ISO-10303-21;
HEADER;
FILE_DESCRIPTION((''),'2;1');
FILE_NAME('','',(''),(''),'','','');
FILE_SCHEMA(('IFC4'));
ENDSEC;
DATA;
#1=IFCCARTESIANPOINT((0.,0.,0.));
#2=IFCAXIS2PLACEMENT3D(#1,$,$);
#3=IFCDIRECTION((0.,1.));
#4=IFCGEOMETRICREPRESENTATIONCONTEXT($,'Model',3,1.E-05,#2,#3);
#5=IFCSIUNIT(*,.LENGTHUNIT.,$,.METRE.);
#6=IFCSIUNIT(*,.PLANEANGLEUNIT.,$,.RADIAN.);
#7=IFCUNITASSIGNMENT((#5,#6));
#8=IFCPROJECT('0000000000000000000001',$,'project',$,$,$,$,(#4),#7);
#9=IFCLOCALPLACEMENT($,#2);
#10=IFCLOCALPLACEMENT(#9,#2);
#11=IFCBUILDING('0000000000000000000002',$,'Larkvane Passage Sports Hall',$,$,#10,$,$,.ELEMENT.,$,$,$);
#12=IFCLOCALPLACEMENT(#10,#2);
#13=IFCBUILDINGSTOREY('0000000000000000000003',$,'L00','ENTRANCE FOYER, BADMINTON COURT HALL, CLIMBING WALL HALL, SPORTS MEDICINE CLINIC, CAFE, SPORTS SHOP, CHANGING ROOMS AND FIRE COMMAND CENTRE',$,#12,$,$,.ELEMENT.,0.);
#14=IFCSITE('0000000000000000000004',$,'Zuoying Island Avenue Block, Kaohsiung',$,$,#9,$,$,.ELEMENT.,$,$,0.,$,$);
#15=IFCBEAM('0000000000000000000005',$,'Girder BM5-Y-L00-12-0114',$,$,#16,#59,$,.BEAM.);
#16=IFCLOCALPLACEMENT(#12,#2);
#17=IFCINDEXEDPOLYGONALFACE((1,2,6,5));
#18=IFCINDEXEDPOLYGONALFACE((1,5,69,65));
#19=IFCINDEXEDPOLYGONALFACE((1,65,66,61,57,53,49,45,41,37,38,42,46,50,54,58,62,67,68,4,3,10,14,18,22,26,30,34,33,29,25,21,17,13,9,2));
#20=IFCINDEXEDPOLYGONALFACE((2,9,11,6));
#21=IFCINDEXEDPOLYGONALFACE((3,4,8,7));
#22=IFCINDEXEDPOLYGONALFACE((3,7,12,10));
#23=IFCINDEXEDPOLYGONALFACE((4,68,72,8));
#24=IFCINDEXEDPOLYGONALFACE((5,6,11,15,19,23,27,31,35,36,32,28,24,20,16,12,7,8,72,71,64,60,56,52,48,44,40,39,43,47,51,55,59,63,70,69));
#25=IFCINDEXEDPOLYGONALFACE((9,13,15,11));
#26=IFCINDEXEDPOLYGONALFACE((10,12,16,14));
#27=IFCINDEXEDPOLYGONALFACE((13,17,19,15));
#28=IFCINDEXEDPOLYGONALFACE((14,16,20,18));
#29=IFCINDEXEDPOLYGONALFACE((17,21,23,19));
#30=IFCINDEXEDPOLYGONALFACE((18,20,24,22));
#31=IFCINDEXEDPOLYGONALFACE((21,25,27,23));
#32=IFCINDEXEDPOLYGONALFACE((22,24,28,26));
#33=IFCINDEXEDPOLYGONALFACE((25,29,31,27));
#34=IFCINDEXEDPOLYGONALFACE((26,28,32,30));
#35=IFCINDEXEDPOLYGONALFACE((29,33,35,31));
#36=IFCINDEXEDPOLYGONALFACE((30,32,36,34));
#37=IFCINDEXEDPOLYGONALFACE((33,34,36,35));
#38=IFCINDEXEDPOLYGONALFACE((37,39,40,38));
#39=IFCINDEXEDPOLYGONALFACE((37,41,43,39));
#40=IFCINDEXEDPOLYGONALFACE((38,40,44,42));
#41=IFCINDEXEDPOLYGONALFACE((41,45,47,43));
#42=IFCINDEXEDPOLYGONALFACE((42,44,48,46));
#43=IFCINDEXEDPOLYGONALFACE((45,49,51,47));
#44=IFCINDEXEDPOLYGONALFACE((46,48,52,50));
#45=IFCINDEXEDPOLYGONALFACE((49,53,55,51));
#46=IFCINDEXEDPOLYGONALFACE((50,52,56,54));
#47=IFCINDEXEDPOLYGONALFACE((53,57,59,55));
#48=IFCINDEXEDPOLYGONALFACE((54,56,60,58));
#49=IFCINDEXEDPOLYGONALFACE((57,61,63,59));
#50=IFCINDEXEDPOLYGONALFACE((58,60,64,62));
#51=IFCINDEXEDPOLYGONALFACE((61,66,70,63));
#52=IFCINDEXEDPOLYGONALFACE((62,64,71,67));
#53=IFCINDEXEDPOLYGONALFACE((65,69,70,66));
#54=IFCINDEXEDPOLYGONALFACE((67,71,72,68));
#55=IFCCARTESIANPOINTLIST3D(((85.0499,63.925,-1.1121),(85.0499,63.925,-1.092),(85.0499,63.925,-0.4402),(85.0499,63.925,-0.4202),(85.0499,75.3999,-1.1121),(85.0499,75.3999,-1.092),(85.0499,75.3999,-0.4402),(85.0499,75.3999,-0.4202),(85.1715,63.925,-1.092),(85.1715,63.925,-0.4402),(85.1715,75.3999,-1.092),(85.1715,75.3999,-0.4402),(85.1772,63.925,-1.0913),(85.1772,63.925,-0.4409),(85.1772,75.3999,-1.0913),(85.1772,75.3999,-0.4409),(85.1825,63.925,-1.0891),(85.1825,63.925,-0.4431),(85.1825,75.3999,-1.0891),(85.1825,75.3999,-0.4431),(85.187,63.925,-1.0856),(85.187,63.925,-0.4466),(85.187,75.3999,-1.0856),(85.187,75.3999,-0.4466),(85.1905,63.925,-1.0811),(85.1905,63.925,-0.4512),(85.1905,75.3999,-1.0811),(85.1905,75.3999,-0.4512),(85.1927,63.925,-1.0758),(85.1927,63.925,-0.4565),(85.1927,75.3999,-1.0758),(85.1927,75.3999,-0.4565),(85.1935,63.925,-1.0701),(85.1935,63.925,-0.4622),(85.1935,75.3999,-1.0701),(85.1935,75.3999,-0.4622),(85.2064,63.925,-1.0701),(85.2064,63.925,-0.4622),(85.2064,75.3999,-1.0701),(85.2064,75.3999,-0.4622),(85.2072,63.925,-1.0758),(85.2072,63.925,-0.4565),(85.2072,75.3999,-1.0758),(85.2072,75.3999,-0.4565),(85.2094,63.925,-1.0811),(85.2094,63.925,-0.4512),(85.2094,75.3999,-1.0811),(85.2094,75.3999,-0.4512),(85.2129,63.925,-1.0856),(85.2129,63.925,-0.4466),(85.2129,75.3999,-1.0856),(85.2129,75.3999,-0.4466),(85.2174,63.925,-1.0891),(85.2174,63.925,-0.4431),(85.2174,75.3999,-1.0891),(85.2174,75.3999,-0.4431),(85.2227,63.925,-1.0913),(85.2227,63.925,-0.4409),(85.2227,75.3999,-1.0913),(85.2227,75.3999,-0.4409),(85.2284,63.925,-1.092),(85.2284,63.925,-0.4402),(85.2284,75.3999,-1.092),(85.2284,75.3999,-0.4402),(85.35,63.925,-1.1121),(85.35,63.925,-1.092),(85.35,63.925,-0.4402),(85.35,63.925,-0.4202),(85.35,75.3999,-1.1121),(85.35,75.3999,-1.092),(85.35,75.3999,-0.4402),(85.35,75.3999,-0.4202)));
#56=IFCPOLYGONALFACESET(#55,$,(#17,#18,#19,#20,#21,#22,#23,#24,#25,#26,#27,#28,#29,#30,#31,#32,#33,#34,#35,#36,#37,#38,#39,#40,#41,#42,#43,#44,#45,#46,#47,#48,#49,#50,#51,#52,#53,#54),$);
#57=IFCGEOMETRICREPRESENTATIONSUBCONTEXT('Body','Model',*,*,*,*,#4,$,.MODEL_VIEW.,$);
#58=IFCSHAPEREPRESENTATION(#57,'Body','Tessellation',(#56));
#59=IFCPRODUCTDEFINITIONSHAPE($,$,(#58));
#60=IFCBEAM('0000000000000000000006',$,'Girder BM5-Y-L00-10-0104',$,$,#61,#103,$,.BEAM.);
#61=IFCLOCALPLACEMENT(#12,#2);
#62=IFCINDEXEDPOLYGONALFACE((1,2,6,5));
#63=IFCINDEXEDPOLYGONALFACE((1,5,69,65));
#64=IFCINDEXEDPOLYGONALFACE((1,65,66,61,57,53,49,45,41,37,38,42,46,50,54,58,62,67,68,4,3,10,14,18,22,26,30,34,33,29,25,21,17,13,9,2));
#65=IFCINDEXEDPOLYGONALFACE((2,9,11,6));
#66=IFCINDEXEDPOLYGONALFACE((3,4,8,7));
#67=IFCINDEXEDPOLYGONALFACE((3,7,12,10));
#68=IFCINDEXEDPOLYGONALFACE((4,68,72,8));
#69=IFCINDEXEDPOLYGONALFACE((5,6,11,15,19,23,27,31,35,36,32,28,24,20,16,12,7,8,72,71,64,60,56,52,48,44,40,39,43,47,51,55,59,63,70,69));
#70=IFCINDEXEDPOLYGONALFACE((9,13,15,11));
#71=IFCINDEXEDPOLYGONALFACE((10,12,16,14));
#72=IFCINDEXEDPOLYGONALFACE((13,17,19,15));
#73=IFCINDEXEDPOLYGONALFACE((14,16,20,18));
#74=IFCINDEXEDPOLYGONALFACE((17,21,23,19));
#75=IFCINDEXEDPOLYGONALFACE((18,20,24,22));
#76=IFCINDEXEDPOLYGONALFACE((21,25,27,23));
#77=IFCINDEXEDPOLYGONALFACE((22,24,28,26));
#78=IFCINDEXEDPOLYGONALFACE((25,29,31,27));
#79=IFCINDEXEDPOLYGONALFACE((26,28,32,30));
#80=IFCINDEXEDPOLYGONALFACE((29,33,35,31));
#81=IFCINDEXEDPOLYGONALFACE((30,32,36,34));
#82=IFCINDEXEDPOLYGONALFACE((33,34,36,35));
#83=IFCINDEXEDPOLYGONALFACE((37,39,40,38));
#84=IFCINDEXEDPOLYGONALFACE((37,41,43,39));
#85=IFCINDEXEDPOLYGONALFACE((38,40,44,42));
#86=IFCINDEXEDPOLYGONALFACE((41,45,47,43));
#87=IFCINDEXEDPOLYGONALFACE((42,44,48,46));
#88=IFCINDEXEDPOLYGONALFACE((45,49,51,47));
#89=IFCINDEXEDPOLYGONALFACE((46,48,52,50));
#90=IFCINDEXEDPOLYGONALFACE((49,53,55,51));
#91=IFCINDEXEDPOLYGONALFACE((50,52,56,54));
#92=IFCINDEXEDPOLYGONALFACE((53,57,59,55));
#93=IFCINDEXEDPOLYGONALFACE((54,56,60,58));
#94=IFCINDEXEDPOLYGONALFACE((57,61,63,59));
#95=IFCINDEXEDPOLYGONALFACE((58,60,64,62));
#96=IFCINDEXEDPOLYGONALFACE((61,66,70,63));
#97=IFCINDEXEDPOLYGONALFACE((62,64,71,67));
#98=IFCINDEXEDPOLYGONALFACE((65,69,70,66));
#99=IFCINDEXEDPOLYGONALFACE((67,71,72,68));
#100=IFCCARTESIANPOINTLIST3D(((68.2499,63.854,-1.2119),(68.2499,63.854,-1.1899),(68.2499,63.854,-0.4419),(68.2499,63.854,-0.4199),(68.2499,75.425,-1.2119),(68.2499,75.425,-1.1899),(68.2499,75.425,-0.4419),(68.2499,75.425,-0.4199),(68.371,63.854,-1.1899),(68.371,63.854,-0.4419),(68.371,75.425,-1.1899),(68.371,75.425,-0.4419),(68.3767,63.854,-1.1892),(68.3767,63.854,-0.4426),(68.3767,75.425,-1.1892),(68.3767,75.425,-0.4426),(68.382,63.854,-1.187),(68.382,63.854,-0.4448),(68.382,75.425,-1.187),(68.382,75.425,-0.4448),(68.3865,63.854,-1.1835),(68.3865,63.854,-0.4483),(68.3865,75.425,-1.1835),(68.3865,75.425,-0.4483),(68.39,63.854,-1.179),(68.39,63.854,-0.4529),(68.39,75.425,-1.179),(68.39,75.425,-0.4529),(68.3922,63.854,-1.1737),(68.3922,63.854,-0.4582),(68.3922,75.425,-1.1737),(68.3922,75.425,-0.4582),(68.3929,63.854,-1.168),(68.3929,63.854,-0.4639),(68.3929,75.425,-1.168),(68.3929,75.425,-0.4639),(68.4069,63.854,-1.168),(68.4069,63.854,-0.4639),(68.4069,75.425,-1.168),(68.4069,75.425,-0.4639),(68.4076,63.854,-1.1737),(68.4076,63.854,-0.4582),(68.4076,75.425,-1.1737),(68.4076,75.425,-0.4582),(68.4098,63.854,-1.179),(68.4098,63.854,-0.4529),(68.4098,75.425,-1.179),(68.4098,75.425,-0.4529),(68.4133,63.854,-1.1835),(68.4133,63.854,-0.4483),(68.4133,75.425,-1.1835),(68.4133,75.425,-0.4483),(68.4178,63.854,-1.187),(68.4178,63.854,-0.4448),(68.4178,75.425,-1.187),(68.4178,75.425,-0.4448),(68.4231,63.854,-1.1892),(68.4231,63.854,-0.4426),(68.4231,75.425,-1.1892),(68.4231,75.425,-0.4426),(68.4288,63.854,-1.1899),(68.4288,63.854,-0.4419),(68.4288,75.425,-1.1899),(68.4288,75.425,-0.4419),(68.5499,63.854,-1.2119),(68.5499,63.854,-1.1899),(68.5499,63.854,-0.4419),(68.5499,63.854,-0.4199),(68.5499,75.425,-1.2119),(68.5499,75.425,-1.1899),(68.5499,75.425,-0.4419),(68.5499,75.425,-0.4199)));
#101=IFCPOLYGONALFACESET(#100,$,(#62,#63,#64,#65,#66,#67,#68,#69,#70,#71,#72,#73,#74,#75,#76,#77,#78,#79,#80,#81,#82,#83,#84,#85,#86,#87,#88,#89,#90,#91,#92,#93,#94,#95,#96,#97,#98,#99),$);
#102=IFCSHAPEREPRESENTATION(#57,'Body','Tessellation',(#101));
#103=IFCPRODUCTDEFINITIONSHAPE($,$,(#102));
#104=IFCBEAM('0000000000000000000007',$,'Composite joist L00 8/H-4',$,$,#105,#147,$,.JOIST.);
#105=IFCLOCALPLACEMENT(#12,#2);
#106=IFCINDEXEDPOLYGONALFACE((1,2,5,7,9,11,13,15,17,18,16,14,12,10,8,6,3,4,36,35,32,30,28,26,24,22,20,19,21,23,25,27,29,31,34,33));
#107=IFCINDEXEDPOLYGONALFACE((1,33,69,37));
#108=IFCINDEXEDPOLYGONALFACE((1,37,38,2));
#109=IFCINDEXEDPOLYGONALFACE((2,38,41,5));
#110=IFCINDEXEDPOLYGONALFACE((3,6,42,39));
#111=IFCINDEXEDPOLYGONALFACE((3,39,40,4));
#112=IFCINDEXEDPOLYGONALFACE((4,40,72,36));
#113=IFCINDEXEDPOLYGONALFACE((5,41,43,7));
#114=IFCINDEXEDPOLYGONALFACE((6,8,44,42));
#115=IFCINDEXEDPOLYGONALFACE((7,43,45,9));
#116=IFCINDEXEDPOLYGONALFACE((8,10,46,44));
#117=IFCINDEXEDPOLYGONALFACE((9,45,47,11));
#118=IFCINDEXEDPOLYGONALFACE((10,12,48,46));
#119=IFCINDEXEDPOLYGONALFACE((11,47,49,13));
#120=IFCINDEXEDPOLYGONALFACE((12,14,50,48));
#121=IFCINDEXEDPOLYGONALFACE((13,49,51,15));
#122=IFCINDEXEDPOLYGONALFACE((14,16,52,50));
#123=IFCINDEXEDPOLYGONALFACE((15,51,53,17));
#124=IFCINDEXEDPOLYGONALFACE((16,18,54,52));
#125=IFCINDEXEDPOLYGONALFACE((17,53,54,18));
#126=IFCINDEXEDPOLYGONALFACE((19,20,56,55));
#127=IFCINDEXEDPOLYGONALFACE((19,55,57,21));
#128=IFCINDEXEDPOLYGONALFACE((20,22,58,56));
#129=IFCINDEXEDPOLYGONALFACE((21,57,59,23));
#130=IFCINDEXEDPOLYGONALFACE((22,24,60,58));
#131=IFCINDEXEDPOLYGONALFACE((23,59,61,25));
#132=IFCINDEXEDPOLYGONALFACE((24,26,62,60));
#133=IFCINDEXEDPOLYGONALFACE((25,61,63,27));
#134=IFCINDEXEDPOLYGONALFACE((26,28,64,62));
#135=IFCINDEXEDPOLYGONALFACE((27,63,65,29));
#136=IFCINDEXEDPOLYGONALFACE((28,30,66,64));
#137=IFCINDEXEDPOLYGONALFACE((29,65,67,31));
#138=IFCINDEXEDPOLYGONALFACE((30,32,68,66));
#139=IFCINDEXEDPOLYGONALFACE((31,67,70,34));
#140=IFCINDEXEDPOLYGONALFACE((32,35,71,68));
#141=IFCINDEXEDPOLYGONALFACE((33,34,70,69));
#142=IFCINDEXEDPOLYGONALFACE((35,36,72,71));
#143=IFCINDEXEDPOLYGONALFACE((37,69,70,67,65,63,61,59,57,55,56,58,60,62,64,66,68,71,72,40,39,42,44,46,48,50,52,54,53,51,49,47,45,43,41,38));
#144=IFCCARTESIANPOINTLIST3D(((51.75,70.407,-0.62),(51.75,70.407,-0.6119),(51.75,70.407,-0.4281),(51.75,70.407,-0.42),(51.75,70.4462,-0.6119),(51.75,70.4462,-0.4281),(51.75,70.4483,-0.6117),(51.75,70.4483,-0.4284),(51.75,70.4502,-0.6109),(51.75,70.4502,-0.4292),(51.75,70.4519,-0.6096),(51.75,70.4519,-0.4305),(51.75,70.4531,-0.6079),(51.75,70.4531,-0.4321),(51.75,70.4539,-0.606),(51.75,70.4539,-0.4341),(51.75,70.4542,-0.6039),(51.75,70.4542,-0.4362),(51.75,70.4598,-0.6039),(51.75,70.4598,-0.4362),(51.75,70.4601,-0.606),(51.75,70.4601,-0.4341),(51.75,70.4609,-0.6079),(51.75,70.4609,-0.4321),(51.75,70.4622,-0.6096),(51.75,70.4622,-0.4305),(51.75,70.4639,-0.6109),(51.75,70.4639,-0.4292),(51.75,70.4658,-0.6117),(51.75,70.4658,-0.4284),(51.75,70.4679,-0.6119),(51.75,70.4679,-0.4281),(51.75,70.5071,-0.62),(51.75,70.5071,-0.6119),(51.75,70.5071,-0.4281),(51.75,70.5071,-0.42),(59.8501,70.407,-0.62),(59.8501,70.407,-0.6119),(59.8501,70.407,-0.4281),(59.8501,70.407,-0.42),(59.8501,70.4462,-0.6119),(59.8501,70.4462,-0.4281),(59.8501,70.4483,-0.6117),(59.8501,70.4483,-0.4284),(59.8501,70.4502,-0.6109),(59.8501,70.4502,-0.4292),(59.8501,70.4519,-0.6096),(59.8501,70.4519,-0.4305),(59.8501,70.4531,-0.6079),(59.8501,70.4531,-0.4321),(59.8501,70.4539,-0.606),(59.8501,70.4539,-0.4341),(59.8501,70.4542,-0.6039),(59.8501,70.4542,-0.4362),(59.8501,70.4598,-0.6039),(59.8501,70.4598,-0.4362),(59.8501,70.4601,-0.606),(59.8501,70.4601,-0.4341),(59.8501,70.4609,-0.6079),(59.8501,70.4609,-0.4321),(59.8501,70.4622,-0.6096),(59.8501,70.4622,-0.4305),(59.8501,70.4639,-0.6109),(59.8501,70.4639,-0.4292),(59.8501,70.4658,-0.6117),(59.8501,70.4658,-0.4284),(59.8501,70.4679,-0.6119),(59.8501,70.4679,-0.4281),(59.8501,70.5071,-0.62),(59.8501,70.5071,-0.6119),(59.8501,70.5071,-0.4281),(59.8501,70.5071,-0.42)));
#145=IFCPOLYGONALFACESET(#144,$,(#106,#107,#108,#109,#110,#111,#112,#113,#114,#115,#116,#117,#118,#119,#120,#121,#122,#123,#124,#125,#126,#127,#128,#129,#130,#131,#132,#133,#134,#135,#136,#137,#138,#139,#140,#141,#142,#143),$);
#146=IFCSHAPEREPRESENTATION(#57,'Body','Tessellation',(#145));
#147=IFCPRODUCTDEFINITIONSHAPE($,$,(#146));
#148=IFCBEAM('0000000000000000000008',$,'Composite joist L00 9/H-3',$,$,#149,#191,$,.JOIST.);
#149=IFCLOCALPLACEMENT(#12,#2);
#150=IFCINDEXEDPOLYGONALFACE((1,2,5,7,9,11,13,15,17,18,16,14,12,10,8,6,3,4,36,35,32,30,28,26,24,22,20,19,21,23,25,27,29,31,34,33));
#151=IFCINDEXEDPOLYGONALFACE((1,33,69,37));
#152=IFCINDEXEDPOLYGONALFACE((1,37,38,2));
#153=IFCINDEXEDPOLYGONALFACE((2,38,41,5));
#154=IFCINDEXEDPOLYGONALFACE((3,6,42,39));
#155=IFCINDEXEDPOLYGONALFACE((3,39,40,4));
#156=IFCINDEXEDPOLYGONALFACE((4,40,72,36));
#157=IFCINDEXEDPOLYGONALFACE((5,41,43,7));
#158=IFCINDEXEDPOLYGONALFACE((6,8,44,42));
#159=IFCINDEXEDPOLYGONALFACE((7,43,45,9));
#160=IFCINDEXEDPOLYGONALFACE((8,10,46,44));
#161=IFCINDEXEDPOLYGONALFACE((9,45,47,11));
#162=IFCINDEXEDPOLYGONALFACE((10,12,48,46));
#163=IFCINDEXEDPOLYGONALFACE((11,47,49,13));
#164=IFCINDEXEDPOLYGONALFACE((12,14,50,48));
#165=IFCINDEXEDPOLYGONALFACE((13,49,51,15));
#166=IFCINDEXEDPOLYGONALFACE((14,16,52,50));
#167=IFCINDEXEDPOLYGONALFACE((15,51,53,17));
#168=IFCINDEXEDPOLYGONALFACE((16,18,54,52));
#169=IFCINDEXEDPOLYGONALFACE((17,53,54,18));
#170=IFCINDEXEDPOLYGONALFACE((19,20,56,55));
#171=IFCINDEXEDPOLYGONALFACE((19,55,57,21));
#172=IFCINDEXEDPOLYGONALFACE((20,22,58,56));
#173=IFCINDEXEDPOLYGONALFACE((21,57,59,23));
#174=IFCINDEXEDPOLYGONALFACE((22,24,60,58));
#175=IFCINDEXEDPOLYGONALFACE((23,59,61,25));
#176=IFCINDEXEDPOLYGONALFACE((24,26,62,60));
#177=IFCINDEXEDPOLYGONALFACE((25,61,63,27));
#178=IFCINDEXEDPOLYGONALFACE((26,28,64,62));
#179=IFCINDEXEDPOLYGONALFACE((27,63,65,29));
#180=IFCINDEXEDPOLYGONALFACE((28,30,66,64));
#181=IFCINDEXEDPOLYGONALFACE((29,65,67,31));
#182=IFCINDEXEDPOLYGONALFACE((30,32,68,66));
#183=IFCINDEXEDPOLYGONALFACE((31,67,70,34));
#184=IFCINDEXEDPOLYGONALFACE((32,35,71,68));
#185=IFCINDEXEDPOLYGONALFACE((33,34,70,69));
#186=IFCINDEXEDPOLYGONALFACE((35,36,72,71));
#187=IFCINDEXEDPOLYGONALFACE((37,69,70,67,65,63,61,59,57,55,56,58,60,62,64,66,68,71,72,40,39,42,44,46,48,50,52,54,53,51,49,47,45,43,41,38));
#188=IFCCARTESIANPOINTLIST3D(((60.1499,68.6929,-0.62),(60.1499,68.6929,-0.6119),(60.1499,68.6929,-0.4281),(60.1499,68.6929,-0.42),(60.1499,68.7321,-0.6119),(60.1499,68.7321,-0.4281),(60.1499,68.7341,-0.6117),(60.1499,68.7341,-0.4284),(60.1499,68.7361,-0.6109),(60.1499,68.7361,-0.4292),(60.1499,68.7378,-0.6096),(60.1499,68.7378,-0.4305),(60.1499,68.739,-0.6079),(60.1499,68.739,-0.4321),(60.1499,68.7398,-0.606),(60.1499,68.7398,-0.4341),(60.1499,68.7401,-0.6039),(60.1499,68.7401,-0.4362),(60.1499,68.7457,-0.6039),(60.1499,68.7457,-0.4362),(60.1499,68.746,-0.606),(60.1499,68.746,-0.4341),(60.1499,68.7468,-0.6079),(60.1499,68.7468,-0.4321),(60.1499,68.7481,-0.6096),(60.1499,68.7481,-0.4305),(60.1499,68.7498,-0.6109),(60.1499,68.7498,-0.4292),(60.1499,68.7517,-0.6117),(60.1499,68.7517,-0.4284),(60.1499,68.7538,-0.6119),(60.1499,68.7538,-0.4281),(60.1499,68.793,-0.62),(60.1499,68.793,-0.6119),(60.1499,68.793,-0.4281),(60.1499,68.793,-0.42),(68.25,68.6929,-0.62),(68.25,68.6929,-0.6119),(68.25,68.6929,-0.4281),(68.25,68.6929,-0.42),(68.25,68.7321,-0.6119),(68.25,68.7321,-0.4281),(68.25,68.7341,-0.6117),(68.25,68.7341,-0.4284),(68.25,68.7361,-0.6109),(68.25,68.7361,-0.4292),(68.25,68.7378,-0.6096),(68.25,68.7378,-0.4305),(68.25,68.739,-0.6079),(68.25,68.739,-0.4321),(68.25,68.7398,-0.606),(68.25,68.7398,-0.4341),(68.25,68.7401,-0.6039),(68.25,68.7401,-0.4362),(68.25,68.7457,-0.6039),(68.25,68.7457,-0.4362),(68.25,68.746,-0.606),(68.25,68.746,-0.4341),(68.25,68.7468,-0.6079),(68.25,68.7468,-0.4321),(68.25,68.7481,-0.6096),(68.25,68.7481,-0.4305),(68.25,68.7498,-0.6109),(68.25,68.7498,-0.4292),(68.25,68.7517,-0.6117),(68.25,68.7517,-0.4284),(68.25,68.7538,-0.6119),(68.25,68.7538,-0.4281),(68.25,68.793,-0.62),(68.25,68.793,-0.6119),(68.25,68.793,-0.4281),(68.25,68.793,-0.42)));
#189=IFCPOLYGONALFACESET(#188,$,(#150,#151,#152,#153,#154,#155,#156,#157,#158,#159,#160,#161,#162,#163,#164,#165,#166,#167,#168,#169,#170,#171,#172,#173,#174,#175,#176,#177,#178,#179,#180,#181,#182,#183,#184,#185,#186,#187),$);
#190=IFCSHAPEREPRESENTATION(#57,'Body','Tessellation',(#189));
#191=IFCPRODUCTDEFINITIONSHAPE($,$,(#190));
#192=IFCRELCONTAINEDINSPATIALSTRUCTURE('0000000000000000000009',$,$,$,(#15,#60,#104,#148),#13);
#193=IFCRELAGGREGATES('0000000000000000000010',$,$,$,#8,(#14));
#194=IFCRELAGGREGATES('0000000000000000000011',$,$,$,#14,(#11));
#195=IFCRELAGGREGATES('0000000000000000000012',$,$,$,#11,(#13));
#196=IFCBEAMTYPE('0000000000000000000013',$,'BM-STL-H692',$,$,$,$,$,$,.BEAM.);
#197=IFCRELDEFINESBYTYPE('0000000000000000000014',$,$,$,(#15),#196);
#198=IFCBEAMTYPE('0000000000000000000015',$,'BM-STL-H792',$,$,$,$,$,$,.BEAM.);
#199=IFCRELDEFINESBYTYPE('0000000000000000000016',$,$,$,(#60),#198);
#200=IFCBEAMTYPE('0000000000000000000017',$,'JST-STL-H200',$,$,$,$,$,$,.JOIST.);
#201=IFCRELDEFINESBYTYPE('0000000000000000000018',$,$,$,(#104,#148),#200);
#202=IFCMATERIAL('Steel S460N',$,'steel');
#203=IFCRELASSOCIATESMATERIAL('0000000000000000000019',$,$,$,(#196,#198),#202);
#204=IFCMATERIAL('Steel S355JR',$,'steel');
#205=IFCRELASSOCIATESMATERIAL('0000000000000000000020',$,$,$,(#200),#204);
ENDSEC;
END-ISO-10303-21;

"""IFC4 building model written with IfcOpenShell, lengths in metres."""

from ifc_helpers import new_model, si_unit, direction, frame, origin, origin_2d, place, context, subcontext, project, spatial, i_section, extrude, material, material_profile, profile_set, type_object, element, save


model = new_model("IFC4")

# Units and contexts
model_context = context("Model", 3, precision=1e-05, world=origin(), true_north=direction((0.0, 1.0)))
body_context = subcontext(model_context, "Body", "Model", "MODEL_VIEW")
ifc_project = project(units=[si_unit("LENGTHUNIT", "METRE"), si_unit("PLANEANGLEUNIT", "RADIAN")], contexts=[model_context])

# Site, building, storey
site_placement = place(None, origin())
site = spatial("IfcSite", under=ifc_project, at=site_placement, Name="Zuoying Island Avenue Block, Kaohsiung", CompositionType="ELEMENT", RefElevation=0.0)
building_placement = place(site_placement, origin())
building = spatial("IfcBuilding", under=site, at=building_placement, Name="Larkvane Passage Sports Hall", CompositionType="ELEMENT")
storey_placement = place(building_placement, origin())
storey = spatial("IfcBuildingStorey", under=building, at=storey_placement, Name="L00", Description="ENTRANCE FOYER, BADMINTON COURT HALL, CLIMBING WALL HALL, SPORTS MEDICINE CLINIC, CAFE, SPORTS SHOP, CHANGING ROOMS AND FIRE COMMAND CENTRE", CompositionType="ELEMENT", Elevation=0.0)

# Shared definitions
ifc_material_1 = material(Name="Steel S460N", Category="steel")

# Beams
ifc_material_profile_1 = material_profile(ifc_material_1, i_section(OverallWidth=0.3, OverallDepth=0.6919, WebThickness=0.0129, FlangeThickness=0.02, FilletRadius=0.022, at=origin_2d()), Name="H-692x300x13x20")
ifc_profile_set_1 = profile_set([ifc_material_profile_1], Name="Steel S460N")
beam_type_1 = type_object("IfcBeamType", Name="BM-STL-H692", PredefinedType="BEAM", material=ifc_profile_set_1)
beam_1_placement = place(storey_placement, frame((85.2, 63.925, -0.7661), z_axis=(0.0, 1.0, 0.0), x_axis=(-1.0, 0.0, 0.0)))
element("IfcBeam", 1, at=beam_1_placement, inside=storey, type_object=beam_type_1, Name="Girder BM5-Y-L00-12-0114", PredefinedType="BEAM", context=body_context, shape_type="SweptSolid", body=[
    extrude(i_section(OverallWidth=0.3, OverallDepth=0.6919, WebThickness=0.0129, FlangeThickness=0.02, FilletRadius=0.022, at=origin_2d()), origin(), (0.0, 0.0, 1.0), 11.4749),
])
ifc_material_profile_2 = material_profile(ifc_material_1, i_section(OverallWidth=0.3, OverallDepth=0.792, WebThickness=0.0139, FlangeThickness=0.022, FilletRadius=0.022, at=origin_2d()), Name="H-792x300x14x22")
ifc_profile_set_2 = profile_set([ifc_material_profile_2], Name="Steel S460N")
beam_type_2 = type_object("IfcBeamType", Name="BM-STL-H792", PredefinedType="BEAM", material=ifc_profile_set_2)
beam_2_placement = place(storey_placement, frame((68.3999, 63.854, -0.8159), z_axis=(0.0, 1.0, 0.0), x_axis=(-1.0, 0.0, 0.0)))
element("IfcBeam", 2, at=beam_2_placement, inside=storey, type_object=beam_type_2, Name="Girder BM5-Y-L00-10-0104", PredefinedType="BEAM", context=body_context, shape_type="SweptSolid", body=[
    extrude(i_section(OverallWidth=0.3, OverallDepth=0.792, WebThickness=0.0139, FlangeThickness=0.022, FilletRadius=0.022, at=origin_2d()), origin(), (0.0, 0.0, 1.0), 11.571),
])
ifc_material_2 = material(Name="Steel S355JR", Category="steel")
ifc_material_profile_3 = material_profile(ifc_material_2, i_section(OverallWidth=0.1001, OverallDepth=0.2, WebThickness=0.0056, FlangeThickness=0.0081, FilletRadius=0.0081, at=origin_2d()), Name="H-200x100x5.5x8")
ifc_profile_set_3 = profile_set([ifc_material_profile_3], Name="Steel S355JR")
beam_type_3 = type_object("IfcBeamType", Name="JST-STL-H200", PredefinedType="JOIST", material=ifc_profile_set_3)
for number, where, z_axis, x_axis, name in (
    (3, (51.75, 70.457, -0.52), (1.0, 0.0, 0.0), (0.0, 1.0, 0.0), "Composite joist L00 8/H-4"),
    (4, (60.1499, 68.7429, -0.52), (1.0, 0.0, 0.0), (0.0, 1.0, 0.0), "Composite joist L00 9/H-3"),
):
    element("IfcBeam", number, at=place(storey_placement, frame(where, z_axis=z_axis, x_axis=x_axis)), inside=storey, type_object=beam_type_3, Name=name, PredefinedType="JOIST", context=body_context, shape_type="SweptSolid", body=[
        extrude(i_section(OverallWidth=0.1001, OverallDepth=0.2, WebThickness=0.0056, FlangeThickness=0.0081, FilletRadius=0.0081, at=origin_2d()), origin(), (0.0, 0.0, 1.0), 8.1001),
    ])

save(model, "model.ifc")
